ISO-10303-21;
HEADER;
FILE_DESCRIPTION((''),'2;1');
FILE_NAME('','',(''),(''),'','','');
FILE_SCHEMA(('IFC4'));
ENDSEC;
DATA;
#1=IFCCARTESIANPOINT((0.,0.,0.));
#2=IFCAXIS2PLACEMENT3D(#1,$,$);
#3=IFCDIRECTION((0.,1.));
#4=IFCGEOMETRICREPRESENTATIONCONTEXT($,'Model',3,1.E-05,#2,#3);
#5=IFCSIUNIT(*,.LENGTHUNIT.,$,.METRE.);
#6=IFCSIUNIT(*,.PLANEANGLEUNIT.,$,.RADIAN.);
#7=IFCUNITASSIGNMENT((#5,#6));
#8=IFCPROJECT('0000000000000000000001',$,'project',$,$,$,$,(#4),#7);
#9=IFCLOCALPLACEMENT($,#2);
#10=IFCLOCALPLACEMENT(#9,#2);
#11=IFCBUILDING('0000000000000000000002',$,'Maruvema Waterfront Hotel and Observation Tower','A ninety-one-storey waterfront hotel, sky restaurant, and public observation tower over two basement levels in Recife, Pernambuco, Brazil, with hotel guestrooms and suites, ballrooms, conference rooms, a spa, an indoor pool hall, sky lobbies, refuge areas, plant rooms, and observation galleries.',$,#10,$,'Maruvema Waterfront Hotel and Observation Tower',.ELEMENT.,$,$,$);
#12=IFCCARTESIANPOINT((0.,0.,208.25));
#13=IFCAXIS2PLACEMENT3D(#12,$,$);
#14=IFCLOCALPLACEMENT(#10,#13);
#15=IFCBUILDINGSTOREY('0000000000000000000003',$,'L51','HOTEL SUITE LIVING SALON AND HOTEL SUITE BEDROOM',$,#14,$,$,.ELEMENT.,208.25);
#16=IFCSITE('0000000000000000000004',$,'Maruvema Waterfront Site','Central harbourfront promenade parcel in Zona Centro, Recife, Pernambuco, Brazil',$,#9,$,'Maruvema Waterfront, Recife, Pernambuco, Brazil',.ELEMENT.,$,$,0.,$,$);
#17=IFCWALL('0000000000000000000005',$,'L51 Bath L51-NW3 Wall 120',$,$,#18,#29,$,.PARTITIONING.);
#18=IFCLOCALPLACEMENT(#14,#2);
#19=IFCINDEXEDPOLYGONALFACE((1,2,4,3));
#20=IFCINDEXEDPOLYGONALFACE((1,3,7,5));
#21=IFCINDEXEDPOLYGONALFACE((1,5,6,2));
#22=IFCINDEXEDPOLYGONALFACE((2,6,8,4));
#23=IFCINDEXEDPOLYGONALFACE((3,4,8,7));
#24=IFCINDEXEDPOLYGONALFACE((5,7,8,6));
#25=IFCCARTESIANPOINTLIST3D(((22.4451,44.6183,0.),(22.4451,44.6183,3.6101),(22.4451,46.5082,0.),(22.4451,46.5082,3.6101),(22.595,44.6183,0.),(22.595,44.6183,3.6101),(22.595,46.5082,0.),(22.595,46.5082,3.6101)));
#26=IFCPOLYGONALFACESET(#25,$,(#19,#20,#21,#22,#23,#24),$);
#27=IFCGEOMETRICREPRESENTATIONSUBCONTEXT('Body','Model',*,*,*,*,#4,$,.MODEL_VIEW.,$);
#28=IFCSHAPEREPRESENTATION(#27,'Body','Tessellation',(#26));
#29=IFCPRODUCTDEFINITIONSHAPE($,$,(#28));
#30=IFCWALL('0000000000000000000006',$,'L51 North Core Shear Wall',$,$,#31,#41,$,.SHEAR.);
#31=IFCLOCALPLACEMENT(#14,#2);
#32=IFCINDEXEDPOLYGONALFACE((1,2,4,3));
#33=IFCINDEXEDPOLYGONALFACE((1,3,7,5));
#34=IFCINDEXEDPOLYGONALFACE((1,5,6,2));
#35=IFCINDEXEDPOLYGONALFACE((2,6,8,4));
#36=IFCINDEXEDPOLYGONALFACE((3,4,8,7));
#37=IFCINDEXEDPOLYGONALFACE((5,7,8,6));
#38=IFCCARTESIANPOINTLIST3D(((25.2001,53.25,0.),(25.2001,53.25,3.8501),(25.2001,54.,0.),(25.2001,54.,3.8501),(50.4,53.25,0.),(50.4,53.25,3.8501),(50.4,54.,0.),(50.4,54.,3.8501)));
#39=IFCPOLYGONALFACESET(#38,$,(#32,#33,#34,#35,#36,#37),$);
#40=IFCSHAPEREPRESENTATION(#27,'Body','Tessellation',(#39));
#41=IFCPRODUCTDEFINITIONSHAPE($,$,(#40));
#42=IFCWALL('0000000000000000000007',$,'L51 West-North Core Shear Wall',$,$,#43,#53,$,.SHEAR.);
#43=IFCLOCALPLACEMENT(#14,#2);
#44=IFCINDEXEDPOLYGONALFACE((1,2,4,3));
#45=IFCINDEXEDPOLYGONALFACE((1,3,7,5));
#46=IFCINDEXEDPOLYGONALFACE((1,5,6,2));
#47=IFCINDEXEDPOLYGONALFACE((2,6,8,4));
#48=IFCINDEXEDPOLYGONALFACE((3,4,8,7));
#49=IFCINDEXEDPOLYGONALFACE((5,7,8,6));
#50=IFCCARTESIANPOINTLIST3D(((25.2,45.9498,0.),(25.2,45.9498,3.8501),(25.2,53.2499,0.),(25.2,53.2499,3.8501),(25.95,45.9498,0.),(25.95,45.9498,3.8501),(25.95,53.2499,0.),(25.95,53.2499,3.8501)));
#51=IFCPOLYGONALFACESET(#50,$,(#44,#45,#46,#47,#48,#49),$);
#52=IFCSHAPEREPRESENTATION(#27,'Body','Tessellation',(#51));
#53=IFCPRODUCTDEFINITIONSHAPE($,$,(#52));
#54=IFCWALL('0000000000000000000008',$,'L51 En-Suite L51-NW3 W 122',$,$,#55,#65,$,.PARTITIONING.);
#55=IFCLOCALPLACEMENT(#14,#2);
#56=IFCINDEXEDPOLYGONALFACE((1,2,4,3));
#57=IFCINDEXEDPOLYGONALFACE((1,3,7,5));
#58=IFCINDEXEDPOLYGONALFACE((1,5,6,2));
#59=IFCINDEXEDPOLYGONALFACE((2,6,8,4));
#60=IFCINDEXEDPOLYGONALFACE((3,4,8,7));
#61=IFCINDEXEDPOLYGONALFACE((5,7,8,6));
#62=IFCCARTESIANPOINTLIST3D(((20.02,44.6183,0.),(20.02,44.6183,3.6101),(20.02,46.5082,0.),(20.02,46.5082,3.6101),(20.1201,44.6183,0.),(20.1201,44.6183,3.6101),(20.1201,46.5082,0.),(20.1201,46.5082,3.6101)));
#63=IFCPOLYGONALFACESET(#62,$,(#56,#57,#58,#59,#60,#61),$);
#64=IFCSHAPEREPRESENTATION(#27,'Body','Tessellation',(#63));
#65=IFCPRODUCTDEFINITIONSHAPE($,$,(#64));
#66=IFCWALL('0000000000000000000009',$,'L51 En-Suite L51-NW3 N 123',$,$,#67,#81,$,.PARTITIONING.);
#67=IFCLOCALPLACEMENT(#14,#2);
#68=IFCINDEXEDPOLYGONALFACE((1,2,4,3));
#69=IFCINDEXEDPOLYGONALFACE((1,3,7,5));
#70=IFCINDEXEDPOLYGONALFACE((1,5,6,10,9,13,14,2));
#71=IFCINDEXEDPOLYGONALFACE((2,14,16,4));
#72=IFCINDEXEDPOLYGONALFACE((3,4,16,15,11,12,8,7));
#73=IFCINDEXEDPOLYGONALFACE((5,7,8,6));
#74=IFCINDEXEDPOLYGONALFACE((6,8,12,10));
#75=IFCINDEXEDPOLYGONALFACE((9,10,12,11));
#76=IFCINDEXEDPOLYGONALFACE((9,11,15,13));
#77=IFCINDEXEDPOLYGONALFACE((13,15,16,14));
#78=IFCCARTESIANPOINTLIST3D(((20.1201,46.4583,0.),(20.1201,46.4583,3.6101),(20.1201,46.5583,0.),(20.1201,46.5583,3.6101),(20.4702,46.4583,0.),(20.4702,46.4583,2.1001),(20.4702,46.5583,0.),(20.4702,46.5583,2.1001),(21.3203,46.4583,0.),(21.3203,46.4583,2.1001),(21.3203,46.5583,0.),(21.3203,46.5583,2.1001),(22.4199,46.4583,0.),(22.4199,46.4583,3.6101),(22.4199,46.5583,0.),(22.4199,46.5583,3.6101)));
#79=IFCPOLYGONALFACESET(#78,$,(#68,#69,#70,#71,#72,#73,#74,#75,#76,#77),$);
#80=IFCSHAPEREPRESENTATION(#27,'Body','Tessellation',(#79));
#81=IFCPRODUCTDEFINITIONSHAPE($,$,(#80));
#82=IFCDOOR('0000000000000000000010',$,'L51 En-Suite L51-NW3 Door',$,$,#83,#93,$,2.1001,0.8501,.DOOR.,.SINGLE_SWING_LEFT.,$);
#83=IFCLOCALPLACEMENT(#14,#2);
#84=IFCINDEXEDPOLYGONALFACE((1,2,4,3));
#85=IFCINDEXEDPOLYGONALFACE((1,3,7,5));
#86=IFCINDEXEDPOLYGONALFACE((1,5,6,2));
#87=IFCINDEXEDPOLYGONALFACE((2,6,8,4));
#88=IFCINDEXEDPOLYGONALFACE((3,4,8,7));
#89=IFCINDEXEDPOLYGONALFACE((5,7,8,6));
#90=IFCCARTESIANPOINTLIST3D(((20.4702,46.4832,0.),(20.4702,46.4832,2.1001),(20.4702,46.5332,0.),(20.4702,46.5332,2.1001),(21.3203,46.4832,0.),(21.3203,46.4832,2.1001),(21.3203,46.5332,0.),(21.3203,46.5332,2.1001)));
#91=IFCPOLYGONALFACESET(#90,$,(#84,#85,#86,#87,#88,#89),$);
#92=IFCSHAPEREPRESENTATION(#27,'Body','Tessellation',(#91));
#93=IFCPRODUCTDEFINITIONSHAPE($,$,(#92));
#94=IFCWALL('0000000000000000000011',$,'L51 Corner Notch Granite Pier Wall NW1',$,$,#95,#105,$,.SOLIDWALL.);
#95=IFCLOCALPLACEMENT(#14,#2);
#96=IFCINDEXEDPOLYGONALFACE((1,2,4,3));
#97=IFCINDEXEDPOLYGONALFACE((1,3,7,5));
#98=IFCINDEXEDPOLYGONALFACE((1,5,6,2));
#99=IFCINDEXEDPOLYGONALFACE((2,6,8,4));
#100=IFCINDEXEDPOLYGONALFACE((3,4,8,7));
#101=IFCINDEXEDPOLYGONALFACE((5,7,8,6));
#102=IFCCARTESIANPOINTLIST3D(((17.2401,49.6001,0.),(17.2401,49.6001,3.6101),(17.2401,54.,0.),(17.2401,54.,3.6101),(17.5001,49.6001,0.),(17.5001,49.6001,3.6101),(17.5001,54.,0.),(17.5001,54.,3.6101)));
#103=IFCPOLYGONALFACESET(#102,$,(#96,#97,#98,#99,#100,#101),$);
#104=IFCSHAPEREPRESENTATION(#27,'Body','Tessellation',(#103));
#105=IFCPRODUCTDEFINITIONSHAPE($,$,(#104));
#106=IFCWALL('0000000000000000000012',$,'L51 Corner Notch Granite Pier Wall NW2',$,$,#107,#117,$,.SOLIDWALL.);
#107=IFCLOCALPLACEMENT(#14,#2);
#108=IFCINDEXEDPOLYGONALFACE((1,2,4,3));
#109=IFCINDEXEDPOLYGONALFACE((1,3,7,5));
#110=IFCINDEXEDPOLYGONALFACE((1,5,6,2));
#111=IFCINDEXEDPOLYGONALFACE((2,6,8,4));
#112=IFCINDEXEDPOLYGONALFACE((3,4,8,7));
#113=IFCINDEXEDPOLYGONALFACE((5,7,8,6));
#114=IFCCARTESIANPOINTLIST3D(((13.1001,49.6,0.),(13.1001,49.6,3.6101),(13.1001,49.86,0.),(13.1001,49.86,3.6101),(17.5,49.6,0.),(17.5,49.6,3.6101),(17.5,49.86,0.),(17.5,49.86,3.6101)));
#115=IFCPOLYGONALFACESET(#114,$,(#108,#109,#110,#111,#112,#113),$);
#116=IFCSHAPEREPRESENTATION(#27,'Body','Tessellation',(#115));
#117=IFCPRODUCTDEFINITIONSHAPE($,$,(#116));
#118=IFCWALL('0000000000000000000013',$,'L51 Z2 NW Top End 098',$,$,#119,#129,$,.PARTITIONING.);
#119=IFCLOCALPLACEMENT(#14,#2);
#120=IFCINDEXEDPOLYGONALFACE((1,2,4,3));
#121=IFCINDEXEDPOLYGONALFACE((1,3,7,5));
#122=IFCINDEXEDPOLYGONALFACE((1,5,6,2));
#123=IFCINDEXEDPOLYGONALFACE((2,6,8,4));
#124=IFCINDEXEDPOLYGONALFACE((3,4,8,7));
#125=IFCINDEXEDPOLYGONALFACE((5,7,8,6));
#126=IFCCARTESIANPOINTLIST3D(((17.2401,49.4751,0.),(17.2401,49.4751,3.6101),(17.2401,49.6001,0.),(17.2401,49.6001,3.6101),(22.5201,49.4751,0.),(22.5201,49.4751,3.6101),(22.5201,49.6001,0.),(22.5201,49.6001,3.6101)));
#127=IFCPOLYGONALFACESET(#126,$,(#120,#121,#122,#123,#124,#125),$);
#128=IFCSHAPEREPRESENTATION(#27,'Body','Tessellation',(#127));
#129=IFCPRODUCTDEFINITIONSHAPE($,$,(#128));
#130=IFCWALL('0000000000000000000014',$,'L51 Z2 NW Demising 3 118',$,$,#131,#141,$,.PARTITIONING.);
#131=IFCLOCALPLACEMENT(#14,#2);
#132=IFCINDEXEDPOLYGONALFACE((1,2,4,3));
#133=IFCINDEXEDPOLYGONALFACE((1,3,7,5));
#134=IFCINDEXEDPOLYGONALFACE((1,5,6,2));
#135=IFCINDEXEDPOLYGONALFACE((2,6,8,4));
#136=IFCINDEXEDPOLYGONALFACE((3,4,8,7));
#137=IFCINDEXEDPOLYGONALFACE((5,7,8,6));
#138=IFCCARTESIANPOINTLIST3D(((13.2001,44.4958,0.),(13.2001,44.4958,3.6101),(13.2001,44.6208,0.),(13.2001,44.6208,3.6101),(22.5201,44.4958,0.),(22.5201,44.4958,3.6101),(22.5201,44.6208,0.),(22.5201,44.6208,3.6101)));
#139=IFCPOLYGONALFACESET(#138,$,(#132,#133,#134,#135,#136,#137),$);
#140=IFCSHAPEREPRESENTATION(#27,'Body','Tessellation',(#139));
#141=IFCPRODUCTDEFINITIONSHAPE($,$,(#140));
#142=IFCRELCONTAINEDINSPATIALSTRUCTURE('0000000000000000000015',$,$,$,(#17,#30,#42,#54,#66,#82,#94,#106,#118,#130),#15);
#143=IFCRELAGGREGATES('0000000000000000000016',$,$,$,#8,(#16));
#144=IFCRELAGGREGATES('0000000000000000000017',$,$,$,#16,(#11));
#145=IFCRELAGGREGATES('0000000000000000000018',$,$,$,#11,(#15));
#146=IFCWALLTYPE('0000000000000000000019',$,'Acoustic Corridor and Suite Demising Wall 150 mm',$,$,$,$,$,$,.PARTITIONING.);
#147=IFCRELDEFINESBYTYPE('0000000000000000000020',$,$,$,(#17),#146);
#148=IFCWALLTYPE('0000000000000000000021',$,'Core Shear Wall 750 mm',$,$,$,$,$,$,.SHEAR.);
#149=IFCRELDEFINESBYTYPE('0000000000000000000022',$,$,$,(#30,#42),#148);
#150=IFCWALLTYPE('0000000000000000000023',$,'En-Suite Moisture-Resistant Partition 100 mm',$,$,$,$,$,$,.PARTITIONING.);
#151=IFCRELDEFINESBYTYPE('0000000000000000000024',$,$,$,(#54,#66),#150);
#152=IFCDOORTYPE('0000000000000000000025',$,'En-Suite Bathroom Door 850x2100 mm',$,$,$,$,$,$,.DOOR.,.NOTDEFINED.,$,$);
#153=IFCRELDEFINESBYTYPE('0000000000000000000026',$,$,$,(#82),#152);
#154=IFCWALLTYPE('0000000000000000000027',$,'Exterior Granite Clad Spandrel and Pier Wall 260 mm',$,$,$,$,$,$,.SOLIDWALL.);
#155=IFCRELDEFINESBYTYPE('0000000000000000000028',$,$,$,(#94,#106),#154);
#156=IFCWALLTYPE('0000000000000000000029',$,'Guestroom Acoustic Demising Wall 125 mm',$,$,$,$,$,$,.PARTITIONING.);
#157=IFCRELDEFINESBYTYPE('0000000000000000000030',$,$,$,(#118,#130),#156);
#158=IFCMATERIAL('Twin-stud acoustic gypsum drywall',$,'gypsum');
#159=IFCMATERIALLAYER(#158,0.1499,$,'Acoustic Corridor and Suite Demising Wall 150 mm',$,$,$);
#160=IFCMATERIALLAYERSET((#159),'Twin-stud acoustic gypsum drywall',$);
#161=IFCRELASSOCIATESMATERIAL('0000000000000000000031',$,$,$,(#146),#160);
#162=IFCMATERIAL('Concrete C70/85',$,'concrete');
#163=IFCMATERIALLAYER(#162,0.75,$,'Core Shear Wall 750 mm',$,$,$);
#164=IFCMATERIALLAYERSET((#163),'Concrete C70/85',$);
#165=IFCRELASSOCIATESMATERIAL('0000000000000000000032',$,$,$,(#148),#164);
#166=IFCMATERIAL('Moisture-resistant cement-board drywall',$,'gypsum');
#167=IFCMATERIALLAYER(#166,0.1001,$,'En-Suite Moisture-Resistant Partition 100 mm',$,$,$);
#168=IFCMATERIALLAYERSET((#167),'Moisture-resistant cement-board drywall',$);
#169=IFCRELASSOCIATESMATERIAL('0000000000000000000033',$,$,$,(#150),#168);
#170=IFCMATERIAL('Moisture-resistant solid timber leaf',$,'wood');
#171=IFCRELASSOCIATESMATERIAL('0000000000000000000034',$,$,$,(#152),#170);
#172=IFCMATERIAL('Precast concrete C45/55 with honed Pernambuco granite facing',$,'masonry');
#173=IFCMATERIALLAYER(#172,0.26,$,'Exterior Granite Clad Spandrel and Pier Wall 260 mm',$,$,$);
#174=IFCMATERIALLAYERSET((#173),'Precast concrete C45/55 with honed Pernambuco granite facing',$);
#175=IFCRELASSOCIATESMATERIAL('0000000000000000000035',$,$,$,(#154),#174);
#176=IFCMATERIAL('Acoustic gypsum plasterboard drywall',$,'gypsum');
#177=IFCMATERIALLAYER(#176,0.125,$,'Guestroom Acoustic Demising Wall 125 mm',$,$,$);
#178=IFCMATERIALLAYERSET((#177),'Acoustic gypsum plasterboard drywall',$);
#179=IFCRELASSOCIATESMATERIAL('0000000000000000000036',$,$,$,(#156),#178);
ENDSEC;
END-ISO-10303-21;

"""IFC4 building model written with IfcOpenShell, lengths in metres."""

from ifc_helpers import new_model, si_unit, direction, frame, frame_2d, origin, place, context, subcontext, project, spatial, rectangle, extrude, material, layer, layer_set, type_object, element, fill, save


model = new_model("IFC4")

# Units and contexts
model_context = context("Model", 3, precision=1e-05, world=origin(), true_north=direction((0.0, 1.0)))
body_context = subcontext(model_context, "Body", "Model", "MODEL_VIEW")
ifc_project = project(units=[si_unit("LENGTHUNIT", "METRE"), si_unit("PLANEANGLEUNIT", "RADIAN")], contexts=[model_context])

# Site, building, storey
site_placement = place(None, origin())
site = spatial("IfcSite", under=ifc_project, at=site_placement, Name="Maruvema Waterfront Site", Description="Central harbourfront promenade parcel in Zona Centro, Recife, Pernambuco, Brazil", LongName="Maruvema Waterfront, Recife, Pernambuco, Brazil", CompositionType="ELEMENT", RefElevation=0.0)
building_placement = place(site_placement, origin())
building = spatial("IfcBuilding", under=site, at=building_placement, Name="Maruvema Waterfront Hotel and Observation Tower", Description="A ninety-one-storey waterfront hotel, sky restaurant, and public observation tower over two basement levels in Recife, Pernambuco, Brazil, with hotel guestrooms and suites, ballrooms, conference rooms, a spa, an indoor pool hall, sky lobbies, refuge areas, plant rooms, and observation galleries.", LongName="Maruvema Waterfront Hotel and Observation Tower", CompositionType="ELEMENT")
storey_placement = place(building_placement, frame((0.0, 0.0, 208.25)))
storey = spatial("IfcBuildingStorey", under=building, at=storey_placement, Name="L51", Description="HOTEL SUITE LIVING SALON AND HOTEL SUITE BEDROOM", CompositionType="ELEMENT", Elevation=208.25)

# Wall
ifc_material_1 = material(Name="Twin-stud acoustic gypsum drywall", Category="gypsum")
ifc_layer_1 = layer(ifc_material_1, 0.1499, Name="Acoustic Corridor and Suite Demising Wall 150 mm")
ifc_layer_set_1 = layer_set([ifc_layer_1], Name="Twin-stud acoustic gypsum drywall")
wall_type_1 = type_object("IfcWallType", Name="Acoustic Corridor and Suite Demising Wall 150 mm", PredefinedType="PARTITIONING", material=ifc_layer_set_1)
wall_1_placement = place(storey_placement, frame((22.52, 44.6184, 0.0), z_axis=(0.0, 0.0, 1.0), x_axis=(0.0, 1.0, 0.0)))
element("IfcWall", 1, at=wall_1_placement, inside=storey, type_object=wall_type_1, Name="L51 Bath L51-NW3 Wall 120", PredefinedType="PARTITIONING", context=body_context, shape_type="SweptSolid", body=[
    extrude(rectangle(XDim=1.8899, YDim=0.1499, at=frame_2d((0.9448, 0.0))), origin(), (0.0, 0.0, 1.0), 3.6101),
])

# Walls
ifc_material_2 = material(Name="Concrete C70/85", Category="concrete")
ifc_layer_2 = layer(ifc_material_2, 0.75, Name="Core Shear Wall 750 mm")
ifc_layer_set_2 = layer_set([ifc_layer_2], Name="Concrete C70/85")
wall_type_2 = type_object("IfcWallType", Name="Core Shear Wall 750 mm", PredefinedType="SHEAR", material=ifc_layer_set_2)
wall_2_placement = place(storey_placement, frame((25.2, 53.625, 0.0), z_axis=(0.0, 0.0, 1.0), x_axis=(1.0, 0.0, 0.0)))
element("IfcWall", 2, at=wall_2_placement, inside=storey, type_object=wall_type_2, Name="L51 North Core Shear Wall", PredefinedType="SHEAR", context=body_context, shape_type="SweptSolid", body=[
    extrude(rectangle(XDim=25.2, YDim=0.75, at=frame_2d((12.6001, 0.0))), origin(), (0.0, 0.0, 1.0), 3.8501),
])
wall_3_placement = place(storey_placement, frame((25.575, 45.95, 0.0), z_axis=(0.0, 0.0, 1.0), x_axis=(0.0, 1.0, 0.0)))
element("IfcWall", 3, at=wall_3_placement, inside=storey, type_object=wall_type_2, Name="L51 West-North Core Shear Wall", PredefinedType="SHEAR", context=body_context, shape_type="SweptSolid", body=[
    extrude(rectangle(XDim=7.3, YDim=0.75, at=frame_2d((3.6499, 0.0))), origin(), (0.0, 0.0, 1.0), 3.8501),
])
ifc_material_3 = material(Name="Moisture-resistant cement-board drywall", Category="gypsum")
ifc_layer_3 = layer(ifc_material_3, 0.1001, Name="En-Suite Moisture-Resistant Partition 100 mm")
ifc_layer_set_3 = layer_set([ifc_layer_3], Name="Moisture-resistant cement-board drywall")
wall_type_3 = type_object("IfcWallType", Name="En-Suite Moisture-Resistant Partition 100 mm", PredefinedType="PARTITIONING", material=ifc_layer_set_3)
wall_4_placement = place(storey_placement, frame((20.0701, 44.6184, 0.0), z_axis=(0.0, 0.0, 1.0), x_axis=(0.0, 1.0, 0.0)))
element("IfcWall", 4, at=wall_4_placement, inside=storey, type_object=wall_type_3, Name="L51 En-Suite L51-NW3 W 122", PredefinedType="PARTITIONING", context=body_context, shape_type="SweptSolid", body=[
    extrude(rectangle(XDim=1.8899, YDim=0.1001, at=frame_2d((0.9448, 0.0))), origin(), (0.0, 0.0, 1.0), 3.6101),
])

# Wall, opening, door
wall_5_placement = place(storey_placement, frame((20.1201, 46.5083, 0.0), z_axis=(0.0, 0.0, 1.0), x_axis=(1.0, 0.0, 0.0)))
wall_5 = element("IfcWall", 5, at=wall_5_placement, inside=storey, type_object=wall_type_3, Name="L51 En-Suite L51-NW3 N 123", PredefinedType="PARTITIONING", context=body_context, shape_type="SweptSolid", body=[
    extrude(rectangle(XDim=2.2998, YDim=0.1001, at=frame_2d((1.1499, 0.0))), origin(), (0.0, 0.0, 1.0), 3.6101),
])
opening_1_placement = place(wall_5_placement, frame((0.3501, 0.0, 0.0)))
opening_1 = element("IfcOpeningElement", 6, at=opening_1_placement, cuts=wall_5, PredefinedType="OPENING", context=body_context, shape_type="SweptSolid", body=[
    extrude(rectangle(XDim=0.8501, YDim=2.1001, at=frame_2d((0.425, 1.05))), frame((0.0, 0.0601, 0.0), z_axis=(0.0, -1.0, 0.0), x_axis=(1.0, 0.0, 0.0)), (0.0, 0.0, 1.0), 0.1201),
])
ifc_material_4 = material(Name="Moisture-resistant solid timber leaf", Category="wood")
door_type_1 = type_object("IfcDoorType", Name="En-Suite Bathroom Door 850x2100 mm", OperationType="NOTDEFINED", PredefinedType="DOOR", material=ifc_material_4)
door_1_placement = place(opening_1_placement, origin())
door_1 = element("IfcDoor", 7, at=door_1_placement, inside=storey, type_object=door_type_1, Name="L51 En-Suite L51-NW3 Door", OperationType="SINGLE_SWING_LEFT", OverallHeight=2.1001, OverallWidth=0.8501, PredefinedType="DOOR", context=body_context, shape_type="SweptSolid", body=[
    extrude(rectangle(XDim=0.8501, YDim=2.1001, at=frame_2d((0.425, 1.05))), frame((0.0, 0.0249, 0.0), z_axis=(0.0, -1.0, 0.0), x_axis=(1.0, 0.0, 0.0)), (0.0, 0.0, 1.0), 0.05),
])
fill(opening_1, door_1)

# Walls
ifc_material_5 = material(Name="Precast concrete C45/55 with honed Pernambuco granite facing", Category="masonry")
ifc_layer_4 = layer(ifc_material_5, 0.26, Name="Exterior Granite Clad Spandrel and Pier Wall 260 mm")
ifc_layer_set_4 = layer_set([ifc_layer_4], Name="Precast concrete C45/55 with honed Pernambuco granite facing")
wall_type_4 = type_object("IfcWallType", Name="Exterior Granite Clad Spandrel and Pier Wall 260 mm", PredefinedType="SOLIDWALL", material=ifc_layer_set_4)
for number, where, z_axis, x_axis, name in (
    (8, (17.3701, 49.6001, 0.0), (0.0, 0.0, 1.0), (0.0, 1.0, 0.0), "L51 Corner Notch Granite Pier Wall NW1"),
    (9, (13.1001, 49.73, 0.0), (0.0, 0.0, 1.0), (1.0, 0.0, 0.0), "L51 Corner Notch Granite Pier Wall NW2"),
):
    element("IfcWall", number, at=place(storey_placement, frame(where, z_axis=z_axis, x_axis=x_axis)), inside=storey, type_object=wall_type_4, Name=name, PredefinedType="SOLIDWALL", context=body_context, shape_type="SweptSolid", body=[
        extrude(rectangle(XDim=4.3999, YDim=0.26, at=frame_2d((2.2, 0.0))), origin(), (0.0, 0.0, 1.0), 3.6101),
    ])
ifc_material_6 = material(Name="Acoustic gypsum plasterboard drywall", Category="gypsum")
ifc_layer_5 = layer(ifc_material_6, 0.125, Name="Guestroom Acoustic Demising Wall 125 mm")
ifc_layer_set_5 = layer_set([ifc_layer_5], Name="Acoustic gypsum plasterboard drywall")
wall_type_5 = type_object("IfcWallType", Name="Guestroom Acoustic Demising Wall 125 mm", PredefinedType="PARTITIONING", material=ifc_layer_set_5)
wall_6_placement = place(storey_placement, frame((17.24, 49.5376, 0.0), z_axis=(0.0, 0.0, 1.0), x_axis=(1.0, 0.0, 0.0)))
element("IfcWall", 10, at=wall_6_placement, inside=storey, type_object=wall_type_5, Name="L51 Z2 NW Top End 098", PredefinedType="PARTITIONING", context=body_context, shape_type="SweptSolid", body=[
    extrude(rectangle(XDim=5.28, YDim=0.125, at=frame_2d((2.6401, 0.0))), origin(), (0.0, 0.0, 1.0), 3.6101),
])
wall_7_placement = place(storey_placement, frame((13.2, 44.5583, 0.0), z_axis=(0.0, 0.0, 1.0), x_axis=(1.0, 0.0, 0.0)))
element("IfcWall", 11, at=wall_7_placement, inside=storey, type_object=wall_type_5, Name="L51 Z2 NW Demising 3 118", PredefinedType="PARTITIONING", context=body_context, shape_type="SweptSolid", body=[
    extrude(rectangle(XDim=9.3201, YDim=0.125, at=frame_2d((4.6602, 0.0))), origin(), (0.0, 0.0, 1.0), 3.6101),
])

save(model, "model.ifc")
